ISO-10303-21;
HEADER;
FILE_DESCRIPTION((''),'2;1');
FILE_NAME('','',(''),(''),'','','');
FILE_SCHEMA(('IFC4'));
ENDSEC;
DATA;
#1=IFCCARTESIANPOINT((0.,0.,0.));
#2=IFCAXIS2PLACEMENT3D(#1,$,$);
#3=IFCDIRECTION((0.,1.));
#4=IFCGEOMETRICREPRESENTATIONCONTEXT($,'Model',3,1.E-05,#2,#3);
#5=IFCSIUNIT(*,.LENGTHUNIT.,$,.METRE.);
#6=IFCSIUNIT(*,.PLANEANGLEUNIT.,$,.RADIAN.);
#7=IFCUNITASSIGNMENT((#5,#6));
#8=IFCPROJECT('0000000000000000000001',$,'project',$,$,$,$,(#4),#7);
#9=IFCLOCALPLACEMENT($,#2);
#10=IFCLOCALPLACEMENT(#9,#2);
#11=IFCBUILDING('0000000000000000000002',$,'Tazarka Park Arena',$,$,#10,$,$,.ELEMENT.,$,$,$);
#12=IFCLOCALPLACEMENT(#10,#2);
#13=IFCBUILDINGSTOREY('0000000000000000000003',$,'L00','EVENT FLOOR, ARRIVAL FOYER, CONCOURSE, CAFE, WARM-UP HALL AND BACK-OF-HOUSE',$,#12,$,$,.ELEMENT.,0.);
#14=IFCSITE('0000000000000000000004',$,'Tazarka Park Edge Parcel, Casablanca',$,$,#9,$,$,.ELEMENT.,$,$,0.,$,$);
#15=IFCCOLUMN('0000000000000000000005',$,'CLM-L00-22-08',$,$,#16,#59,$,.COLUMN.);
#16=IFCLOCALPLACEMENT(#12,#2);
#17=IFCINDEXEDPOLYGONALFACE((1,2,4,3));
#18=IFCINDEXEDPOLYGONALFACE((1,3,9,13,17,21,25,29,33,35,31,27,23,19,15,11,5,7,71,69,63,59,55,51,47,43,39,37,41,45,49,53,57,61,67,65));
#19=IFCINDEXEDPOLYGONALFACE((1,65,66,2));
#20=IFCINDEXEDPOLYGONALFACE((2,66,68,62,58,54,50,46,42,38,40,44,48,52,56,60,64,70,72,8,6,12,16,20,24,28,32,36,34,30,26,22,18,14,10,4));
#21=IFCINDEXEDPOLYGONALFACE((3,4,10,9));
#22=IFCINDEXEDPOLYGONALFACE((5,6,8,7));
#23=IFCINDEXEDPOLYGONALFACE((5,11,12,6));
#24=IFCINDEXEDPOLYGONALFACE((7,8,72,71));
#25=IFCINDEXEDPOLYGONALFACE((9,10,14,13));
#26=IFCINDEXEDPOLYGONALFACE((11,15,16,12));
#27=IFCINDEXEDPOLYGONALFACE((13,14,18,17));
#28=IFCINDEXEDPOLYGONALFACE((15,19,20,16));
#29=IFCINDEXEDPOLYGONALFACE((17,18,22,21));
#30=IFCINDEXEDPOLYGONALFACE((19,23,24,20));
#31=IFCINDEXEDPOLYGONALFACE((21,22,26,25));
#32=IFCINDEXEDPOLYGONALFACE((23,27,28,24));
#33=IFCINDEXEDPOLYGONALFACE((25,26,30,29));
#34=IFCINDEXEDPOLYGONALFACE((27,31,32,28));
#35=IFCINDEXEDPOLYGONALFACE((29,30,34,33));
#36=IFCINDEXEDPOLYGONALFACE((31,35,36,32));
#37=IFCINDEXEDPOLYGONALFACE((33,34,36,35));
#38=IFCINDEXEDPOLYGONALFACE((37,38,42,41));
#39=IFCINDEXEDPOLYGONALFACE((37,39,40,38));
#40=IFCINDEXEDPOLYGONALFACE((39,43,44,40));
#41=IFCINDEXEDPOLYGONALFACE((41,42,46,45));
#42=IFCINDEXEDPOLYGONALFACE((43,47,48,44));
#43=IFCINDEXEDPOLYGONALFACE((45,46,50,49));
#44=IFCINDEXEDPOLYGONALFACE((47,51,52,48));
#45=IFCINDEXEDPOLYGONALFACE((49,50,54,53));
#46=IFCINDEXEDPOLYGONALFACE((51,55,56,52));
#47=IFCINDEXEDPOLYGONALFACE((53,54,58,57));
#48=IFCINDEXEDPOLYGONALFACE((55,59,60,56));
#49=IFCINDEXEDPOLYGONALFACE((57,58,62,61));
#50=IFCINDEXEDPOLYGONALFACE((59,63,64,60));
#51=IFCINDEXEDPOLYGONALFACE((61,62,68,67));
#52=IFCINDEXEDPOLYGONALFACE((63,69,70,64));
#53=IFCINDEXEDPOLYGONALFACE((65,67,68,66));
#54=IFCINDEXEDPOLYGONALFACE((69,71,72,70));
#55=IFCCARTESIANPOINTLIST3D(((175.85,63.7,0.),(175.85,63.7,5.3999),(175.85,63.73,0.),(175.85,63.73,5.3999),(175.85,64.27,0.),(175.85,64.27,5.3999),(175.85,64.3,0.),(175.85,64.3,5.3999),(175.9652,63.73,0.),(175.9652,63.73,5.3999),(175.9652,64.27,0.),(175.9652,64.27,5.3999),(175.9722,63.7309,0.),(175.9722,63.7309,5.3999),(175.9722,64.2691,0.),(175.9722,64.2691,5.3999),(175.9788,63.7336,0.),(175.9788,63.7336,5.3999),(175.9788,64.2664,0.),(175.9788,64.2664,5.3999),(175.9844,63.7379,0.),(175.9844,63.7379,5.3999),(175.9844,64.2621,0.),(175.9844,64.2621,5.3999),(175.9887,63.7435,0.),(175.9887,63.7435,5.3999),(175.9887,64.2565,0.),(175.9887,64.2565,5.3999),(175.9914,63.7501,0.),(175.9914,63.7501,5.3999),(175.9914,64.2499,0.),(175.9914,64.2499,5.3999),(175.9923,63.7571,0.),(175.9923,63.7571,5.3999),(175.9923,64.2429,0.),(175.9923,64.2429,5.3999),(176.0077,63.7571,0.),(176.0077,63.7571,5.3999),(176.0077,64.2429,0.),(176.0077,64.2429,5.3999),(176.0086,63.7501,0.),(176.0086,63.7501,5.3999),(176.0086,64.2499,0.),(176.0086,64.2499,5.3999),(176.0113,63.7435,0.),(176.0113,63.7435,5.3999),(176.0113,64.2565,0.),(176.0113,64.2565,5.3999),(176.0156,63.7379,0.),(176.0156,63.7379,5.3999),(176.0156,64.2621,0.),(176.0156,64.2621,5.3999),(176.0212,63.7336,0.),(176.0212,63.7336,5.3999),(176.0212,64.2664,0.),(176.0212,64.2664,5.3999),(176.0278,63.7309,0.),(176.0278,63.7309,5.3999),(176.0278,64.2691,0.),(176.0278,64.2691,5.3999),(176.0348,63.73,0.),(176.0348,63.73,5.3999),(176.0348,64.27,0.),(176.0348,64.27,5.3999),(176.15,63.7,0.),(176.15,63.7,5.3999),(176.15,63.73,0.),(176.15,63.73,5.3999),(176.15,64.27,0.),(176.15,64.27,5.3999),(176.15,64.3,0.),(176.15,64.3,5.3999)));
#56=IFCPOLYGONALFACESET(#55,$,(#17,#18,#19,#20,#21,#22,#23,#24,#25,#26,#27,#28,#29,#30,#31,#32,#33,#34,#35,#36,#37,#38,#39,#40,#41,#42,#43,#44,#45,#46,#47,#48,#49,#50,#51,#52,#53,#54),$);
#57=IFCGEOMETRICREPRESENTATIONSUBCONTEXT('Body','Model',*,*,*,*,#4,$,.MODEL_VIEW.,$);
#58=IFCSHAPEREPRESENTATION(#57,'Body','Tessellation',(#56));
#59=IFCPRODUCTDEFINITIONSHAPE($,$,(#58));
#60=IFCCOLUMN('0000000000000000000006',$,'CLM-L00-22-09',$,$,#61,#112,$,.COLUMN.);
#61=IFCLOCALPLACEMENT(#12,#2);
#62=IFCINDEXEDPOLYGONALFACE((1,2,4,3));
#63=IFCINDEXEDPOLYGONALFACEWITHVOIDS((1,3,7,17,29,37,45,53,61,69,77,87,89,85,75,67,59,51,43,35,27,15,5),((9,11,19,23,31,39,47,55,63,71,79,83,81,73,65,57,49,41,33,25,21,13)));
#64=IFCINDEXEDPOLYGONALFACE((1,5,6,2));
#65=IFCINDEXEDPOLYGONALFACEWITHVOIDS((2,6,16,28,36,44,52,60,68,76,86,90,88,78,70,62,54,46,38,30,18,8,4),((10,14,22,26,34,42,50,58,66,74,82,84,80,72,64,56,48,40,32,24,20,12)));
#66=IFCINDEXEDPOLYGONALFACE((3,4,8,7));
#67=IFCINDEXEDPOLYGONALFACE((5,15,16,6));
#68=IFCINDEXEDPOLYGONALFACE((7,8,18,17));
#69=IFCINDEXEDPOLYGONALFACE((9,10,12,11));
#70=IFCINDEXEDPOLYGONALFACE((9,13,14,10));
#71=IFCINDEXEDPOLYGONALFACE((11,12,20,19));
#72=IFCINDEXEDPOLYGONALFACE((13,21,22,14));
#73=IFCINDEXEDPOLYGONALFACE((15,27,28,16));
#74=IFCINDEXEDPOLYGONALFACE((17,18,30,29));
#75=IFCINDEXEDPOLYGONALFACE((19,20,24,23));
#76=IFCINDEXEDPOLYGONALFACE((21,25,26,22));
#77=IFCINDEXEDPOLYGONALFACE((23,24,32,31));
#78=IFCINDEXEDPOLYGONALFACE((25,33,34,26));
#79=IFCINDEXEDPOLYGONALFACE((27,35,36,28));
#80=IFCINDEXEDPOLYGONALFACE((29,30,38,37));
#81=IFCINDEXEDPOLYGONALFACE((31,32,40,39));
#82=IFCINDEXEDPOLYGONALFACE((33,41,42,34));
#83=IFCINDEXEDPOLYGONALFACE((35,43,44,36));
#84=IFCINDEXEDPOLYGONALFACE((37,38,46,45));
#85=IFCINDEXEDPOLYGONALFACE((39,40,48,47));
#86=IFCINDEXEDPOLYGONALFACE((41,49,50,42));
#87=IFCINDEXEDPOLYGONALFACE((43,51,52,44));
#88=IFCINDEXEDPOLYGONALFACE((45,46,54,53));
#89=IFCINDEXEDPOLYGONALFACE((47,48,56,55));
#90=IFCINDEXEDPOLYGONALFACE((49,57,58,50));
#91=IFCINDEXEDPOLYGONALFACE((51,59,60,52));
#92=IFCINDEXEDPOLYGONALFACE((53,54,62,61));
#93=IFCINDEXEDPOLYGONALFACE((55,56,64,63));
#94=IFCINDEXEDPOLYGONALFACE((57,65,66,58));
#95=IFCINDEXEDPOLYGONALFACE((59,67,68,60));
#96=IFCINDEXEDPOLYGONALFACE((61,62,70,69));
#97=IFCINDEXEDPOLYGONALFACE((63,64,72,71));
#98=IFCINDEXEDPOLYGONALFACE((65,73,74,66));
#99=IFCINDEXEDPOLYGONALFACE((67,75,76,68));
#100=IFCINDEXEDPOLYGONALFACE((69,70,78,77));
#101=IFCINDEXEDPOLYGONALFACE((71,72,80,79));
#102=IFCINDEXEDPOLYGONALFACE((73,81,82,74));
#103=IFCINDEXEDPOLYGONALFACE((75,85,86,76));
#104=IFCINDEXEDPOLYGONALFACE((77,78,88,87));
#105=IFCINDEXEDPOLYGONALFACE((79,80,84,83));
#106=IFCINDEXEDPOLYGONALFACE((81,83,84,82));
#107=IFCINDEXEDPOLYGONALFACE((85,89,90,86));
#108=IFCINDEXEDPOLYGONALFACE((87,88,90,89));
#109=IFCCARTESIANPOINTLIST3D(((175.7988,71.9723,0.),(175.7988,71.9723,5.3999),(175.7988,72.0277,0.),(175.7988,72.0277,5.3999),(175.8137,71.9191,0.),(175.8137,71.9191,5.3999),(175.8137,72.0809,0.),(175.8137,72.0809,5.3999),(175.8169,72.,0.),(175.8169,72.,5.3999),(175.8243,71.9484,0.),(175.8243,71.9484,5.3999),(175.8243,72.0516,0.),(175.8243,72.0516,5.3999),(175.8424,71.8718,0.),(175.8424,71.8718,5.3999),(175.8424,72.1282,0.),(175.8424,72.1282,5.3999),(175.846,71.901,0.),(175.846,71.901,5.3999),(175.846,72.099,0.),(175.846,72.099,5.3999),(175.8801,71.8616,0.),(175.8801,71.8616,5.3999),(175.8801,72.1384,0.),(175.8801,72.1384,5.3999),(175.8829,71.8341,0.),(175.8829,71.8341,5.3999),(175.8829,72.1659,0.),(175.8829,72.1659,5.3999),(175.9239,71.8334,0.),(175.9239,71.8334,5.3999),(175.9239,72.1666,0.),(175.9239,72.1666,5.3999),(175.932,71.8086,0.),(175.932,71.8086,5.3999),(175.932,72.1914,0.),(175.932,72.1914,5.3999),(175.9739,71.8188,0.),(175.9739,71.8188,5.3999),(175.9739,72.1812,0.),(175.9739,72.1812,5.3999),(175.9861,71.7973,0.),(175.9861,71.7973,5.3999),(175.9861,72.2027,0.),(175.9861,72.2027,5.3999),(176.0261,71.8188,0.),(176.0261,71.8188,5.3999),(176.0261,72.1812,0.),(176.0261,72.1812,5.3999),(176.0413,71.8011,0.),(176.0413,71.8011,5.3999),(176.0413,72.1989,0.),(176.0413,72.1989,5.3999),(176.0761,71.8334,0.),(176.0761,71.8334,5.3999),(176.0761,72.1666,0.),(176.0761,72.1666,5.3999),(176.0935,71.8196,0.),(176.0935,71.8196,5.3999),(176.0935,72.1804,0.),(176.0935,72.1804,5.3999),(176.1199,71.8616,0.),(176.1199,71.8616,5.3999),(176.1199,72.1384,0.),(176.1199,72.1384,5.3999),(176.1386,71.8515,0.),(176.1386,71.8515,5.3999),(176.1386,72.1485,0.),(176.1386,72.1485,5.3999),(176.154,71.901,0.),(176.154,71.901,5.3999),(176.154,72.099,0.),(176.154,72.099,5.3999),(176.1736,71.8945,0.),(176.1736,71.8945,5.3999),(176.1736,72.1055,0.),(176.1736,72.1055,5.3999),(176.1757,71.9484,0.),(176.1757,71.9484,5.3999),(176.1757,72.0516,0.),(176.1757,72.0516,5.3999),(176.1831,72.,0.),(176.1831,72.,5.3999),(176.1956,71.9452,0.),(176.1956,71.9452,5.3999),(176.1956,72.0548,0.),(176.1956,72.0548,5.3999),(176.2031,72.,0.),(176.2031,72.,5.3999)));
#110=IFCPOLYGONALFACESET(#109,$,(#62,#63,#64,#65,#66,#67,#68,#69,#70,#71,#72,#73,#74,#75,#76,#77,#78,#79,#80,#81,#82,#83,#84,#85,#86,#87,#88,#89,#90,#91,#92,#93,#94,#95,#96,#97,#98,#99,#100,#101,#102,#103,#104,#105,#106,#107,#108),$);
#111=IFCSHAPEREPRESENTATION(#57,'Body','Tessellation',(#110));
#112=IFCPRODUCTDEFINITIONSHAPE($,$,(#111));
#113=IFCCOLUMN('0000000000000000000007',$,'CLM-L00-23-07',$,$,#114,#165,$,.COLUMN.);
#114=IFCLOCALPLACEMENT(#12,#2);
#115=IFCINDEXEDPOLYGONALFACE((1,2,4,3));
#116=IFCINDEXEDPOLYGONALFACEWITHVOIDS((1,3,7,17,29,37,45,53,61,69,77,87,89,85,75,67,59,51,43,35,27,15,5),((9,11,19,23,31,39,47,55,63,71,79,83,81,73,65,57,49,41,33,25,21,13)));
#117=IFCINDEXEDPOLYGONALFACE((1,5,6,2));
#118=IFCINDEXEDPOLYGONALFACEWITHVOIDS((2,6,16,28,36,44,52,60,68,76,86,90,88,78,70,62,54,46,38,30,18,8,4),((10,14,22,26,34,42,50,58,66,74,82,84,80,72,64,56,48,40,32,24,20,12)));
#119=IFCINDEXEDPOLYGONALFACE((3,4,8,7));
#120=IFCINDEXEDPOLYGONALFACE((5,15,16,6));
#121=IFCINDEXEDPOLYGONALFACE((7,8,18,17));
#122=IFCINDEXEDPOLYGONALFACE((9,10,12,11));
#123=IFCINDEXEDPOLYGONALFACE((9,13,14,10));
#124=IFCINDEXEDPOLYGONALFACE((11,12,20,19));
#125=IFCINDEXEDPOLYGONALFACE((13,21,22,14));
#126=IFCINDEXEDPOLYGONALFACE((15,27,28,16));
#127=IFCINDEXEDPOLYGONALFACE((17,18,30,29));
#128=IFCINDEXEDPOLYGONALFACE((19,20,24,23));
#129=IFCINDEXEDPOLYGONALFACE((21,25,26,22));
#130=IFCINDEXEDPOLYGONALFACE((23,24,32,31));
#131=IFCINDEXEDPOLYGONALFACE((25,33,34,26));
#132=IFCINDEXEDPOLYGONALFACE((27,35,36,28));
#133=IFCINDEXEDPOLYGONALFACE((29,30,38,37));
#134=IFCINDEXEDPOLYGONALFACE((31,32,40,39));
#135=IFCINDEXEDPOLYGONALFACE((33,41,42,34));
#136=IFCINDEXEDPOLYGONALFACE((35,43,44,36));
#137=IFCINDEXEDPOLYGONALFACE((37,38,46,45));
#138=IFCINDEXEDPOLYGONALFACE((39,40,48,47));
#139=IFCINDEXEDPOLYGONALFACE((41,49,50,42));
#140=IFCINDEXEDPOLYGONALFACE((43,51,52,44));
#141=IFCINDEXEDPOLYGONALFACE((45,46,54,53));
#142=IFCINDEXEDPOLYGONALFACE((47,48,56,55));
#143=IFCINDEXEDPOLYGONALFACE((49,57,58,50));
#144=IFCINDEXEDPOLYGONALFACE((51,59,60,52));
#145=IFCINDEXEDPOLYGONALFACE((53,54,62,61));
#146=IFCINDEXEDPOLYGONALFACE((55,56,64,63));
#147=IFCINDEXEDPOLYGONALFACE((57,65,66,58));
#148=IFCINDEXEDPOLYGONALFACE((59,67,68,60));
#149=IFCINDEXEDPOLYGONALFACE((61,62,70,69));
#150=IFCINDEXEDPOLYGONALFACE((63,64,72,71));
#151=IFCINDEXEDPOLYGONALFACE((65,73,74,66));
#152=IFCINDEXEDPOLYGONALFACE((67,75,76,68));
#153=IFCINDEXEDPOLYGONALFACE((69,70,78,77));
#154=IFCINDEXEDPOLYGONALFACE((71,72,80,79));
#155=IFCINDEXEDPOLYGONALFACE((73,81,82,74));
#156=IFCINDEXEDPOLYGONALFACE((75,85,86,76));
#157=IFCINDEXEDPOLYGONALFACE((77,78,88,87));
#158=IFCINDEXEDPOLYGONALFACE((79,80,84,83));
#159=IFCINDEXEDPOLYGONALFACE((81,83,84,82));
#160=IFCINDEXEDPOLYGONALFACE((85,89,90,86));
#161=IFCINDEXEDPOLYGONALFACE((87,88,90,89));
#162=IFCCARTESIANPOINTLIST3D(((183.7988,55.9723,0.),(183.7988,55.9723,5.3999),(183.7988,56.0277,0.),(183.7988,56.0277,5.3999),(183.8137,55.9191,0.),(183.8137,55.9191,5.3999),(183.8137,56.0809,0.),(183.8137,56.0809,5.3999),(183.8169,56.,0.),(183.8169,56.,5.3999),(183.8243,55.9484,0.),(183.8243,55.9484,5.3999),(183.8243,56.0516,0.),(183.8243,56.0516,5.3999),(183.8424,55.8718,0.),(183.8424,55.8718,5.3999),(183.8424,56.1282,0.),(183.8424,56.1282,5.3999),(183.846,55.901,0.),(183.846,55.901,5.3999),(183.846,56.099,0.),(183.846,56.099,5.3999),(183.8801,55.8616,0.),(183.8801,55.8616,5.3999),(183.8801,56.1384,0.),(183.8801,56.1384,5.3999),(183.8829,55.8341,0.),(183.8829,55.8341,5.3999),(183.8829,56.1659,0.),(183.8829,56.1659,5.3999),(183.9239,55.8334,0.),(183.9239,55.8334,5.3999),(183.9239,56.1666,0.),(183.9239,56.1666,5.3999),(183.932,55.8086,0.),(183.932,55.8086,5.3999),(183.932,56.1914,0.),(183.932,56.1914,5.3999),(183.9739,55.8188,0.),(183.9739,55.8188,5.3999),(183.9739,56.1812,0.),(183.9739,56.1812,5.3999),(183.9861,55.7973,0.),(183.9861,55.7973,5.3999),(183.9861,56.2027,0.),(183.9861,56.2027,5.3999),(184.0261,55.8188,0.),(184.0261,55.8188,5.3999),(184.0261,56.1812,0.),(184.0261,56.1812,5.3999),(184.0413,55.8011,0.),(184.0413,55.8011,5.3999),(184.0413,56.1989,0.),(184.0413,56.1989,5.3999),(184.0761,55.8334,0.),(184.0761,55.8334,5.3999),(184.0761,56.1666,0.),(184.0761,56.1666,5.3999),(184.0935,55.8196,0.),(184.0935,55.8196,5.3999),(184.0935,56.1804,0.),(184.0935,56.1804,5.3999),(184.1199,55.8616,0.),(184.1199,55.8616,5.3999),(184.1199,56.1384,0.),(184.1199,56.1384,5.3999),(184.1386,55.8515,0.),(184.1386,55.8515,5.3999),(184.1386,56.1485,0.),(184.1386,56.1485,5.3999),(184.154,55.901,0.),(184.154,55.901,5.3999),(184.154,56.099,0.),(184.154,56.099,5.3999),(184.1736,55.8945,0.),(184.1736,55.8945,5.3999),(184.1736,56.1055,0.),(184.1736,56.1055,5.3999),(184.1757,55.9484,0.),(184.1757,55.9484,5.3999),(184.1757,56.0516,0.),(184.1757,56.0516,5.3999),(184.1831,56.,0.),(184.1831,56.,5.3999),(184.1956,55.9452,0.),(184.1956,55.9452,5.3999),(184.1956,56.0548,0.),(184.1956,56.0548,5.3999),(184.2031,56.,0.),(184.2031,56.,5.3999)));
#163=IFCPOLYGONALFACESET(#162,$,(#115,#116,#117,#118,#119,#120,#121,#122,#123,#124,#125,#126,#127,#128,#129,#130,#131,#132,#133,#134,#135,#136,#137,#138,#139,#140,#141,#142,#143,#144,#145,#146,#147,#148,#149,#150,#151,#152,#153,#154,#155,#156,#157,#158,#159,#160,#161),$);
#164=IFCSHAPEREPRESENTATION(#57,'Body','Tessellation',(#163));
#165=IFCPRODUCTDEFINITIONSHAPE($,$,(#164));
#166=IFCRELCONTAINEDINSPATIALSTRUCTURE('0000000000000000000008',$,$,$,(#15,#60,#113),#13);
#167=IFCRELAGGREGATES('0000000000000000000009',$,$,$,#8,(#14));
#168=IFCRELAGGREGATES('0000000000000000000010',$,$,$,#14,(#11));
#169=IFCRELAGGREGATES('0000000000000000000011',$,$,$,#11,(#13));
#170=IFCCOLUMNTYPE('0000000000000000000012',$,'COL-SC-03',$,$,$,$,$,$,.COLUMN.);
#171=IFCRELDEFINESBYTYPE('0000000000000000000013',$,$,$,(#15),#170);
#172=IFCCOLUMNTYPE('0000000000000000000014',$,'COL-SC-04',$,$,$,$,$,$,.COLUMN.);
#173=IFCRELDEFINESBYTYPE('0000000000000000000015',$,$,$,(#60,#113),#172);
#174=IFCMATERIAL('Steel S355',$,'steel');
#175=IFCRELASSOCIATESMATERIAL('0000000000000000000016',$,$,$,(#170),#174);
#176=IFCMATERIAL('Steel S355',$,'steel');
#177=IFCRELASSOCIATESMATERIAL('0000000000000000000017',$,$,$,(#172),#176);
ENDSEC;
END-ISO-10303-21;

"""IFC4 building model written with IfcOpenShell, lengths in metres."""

from ifc_helpers import new_model, si_unit, direction, frame, origin, origin_2d, place, context, subcontext, project, spatial, hollow_circle, i_section, extrude, material, material_profile, profile_set, type_object, element, save


model = new_model("IFC4")

# Units and contexts
model_context = context("Model", 3, precision=1e-05, world=origin(), true_north=direction((0.0, 1.0)))
body_context = subcontext(model_context, "Body", "Model", "MODEL_VIEW")
ifc_project = project(units=[si_unit("LENGTHUNIT", "METRE"), si_unit("PLANEANGLEUNIT", "RADIAN")], contexts=[model_context])

# Site, building, storey
site_placement = place(None, origin())
site = spatial("IfcSite", under=ifc_project, at=site_placement, Name="Tazarka Park Edge Parcel, Casablanca", CompositionType="ELEMENT", RefElevation=0.0)
building_placement = place(site_placement, origin())
building = spatial("IfcBuilding", under=site, at=building_placement, Name="Tazarka Park Arena", CompositionType="ELEMENT")
storey_placement = place(building_placement, origin())
storey = spatial("IfcBuildingStorey", under=building, at=storey_placement, Name="L00", Description="EVENT FLOOR, ARRIVAL FOYER, CONCOURSE, CAFE, WARM-UP HALL AND BACK-OF-HOUSE", CompositionType="ELEMENT", Elevation=0.0)

# Columns
ifc_material_1 = material(Name="Steel S355", Category="steel")
ifc_material_profile_1 = material_profile(ifc_material_1, i_section(OverallWidth=0.3, OverallDepth=0.6001, WebThickness=0.0154, FlangeThickness=0.03, FilletRadius=0.0271, at=origin_2d()), Name="Steel S355")
ifc_profile_set_1 = profile_set([ifc_material_profile_1], Name="Steel S355")
column_type_1 = type_object("IfcColumnType", Name="COL-SC-03", PredefinedType="COLUMN", material=ifc_profile_set_1)
column_placement = place(storey_placement, frame((176.0, 64.0, 0.0), z_axis=(0.0, 0.0, 1.0), x_axis=(1.0, 0.0, 0.0)))
element("IfcColumn", 1, at=column_placement, inside=storey, type_object=column_type_1, Name="CLM-L00-22-08", PredefinedType="COLUMN", context=body_context, shape_type="SweptSolid", body=[
    extrude(i_section(OverallWidth=0.3, OverallDepth=0.6001, WebThickness=0.0154, FlangeThickness=0.03, FilletRadius=0.0271, at=origin_2d()), origin(), (0.0, 0.0, 1.0), 5.3999),
])
ifc_material_2 = material(Name="Steel S355", Category="steel")
ifc_material_profile_2 = material_profile(ifc_material_2, hollow_circle(Radius=0.2031, WallThickness=0.02, at=origin_2d()), Name="Steel S355")
ifc_profile_set_2 = profile_set([ifc_material_profile_2], Name="Steel S355")
column_type_2 = type_object("IfcColumnType", Name="COL-SC-04", PredefinedType="COLUMN", material=ifc_profile_set_2)
for number, where, z_axis, x_axis, name in (
    (2, (176.0, 72.0, 0.0), (0.0, 0.0, 1.0), (1.0, 0.0, 0.0), "CLM-L00-22-09"),
    (3, (184.0, 56.0, 0.0), (0.0, 0.0, 1.0), (1.0, 0.0, 0.0), "CLM-L00-23-07"),
):
    element("IfcColumn", number, at=place(storey_placement, frame(where, z_axis=z_axis, x_axis=x_axis)), inside=storey, type_object=column_type_2, Name=name, PredefinedType="COLUMN", context=body_context, shape_type="SweptSolid", body=[
        extrude(hollow_circle(Radius=0.2031, WallThickness=0.02, at=origin_2d()), origin(), (0.0, 0.0, 1.0), 5.3999),
    ])

save(model, "model.ifc")
